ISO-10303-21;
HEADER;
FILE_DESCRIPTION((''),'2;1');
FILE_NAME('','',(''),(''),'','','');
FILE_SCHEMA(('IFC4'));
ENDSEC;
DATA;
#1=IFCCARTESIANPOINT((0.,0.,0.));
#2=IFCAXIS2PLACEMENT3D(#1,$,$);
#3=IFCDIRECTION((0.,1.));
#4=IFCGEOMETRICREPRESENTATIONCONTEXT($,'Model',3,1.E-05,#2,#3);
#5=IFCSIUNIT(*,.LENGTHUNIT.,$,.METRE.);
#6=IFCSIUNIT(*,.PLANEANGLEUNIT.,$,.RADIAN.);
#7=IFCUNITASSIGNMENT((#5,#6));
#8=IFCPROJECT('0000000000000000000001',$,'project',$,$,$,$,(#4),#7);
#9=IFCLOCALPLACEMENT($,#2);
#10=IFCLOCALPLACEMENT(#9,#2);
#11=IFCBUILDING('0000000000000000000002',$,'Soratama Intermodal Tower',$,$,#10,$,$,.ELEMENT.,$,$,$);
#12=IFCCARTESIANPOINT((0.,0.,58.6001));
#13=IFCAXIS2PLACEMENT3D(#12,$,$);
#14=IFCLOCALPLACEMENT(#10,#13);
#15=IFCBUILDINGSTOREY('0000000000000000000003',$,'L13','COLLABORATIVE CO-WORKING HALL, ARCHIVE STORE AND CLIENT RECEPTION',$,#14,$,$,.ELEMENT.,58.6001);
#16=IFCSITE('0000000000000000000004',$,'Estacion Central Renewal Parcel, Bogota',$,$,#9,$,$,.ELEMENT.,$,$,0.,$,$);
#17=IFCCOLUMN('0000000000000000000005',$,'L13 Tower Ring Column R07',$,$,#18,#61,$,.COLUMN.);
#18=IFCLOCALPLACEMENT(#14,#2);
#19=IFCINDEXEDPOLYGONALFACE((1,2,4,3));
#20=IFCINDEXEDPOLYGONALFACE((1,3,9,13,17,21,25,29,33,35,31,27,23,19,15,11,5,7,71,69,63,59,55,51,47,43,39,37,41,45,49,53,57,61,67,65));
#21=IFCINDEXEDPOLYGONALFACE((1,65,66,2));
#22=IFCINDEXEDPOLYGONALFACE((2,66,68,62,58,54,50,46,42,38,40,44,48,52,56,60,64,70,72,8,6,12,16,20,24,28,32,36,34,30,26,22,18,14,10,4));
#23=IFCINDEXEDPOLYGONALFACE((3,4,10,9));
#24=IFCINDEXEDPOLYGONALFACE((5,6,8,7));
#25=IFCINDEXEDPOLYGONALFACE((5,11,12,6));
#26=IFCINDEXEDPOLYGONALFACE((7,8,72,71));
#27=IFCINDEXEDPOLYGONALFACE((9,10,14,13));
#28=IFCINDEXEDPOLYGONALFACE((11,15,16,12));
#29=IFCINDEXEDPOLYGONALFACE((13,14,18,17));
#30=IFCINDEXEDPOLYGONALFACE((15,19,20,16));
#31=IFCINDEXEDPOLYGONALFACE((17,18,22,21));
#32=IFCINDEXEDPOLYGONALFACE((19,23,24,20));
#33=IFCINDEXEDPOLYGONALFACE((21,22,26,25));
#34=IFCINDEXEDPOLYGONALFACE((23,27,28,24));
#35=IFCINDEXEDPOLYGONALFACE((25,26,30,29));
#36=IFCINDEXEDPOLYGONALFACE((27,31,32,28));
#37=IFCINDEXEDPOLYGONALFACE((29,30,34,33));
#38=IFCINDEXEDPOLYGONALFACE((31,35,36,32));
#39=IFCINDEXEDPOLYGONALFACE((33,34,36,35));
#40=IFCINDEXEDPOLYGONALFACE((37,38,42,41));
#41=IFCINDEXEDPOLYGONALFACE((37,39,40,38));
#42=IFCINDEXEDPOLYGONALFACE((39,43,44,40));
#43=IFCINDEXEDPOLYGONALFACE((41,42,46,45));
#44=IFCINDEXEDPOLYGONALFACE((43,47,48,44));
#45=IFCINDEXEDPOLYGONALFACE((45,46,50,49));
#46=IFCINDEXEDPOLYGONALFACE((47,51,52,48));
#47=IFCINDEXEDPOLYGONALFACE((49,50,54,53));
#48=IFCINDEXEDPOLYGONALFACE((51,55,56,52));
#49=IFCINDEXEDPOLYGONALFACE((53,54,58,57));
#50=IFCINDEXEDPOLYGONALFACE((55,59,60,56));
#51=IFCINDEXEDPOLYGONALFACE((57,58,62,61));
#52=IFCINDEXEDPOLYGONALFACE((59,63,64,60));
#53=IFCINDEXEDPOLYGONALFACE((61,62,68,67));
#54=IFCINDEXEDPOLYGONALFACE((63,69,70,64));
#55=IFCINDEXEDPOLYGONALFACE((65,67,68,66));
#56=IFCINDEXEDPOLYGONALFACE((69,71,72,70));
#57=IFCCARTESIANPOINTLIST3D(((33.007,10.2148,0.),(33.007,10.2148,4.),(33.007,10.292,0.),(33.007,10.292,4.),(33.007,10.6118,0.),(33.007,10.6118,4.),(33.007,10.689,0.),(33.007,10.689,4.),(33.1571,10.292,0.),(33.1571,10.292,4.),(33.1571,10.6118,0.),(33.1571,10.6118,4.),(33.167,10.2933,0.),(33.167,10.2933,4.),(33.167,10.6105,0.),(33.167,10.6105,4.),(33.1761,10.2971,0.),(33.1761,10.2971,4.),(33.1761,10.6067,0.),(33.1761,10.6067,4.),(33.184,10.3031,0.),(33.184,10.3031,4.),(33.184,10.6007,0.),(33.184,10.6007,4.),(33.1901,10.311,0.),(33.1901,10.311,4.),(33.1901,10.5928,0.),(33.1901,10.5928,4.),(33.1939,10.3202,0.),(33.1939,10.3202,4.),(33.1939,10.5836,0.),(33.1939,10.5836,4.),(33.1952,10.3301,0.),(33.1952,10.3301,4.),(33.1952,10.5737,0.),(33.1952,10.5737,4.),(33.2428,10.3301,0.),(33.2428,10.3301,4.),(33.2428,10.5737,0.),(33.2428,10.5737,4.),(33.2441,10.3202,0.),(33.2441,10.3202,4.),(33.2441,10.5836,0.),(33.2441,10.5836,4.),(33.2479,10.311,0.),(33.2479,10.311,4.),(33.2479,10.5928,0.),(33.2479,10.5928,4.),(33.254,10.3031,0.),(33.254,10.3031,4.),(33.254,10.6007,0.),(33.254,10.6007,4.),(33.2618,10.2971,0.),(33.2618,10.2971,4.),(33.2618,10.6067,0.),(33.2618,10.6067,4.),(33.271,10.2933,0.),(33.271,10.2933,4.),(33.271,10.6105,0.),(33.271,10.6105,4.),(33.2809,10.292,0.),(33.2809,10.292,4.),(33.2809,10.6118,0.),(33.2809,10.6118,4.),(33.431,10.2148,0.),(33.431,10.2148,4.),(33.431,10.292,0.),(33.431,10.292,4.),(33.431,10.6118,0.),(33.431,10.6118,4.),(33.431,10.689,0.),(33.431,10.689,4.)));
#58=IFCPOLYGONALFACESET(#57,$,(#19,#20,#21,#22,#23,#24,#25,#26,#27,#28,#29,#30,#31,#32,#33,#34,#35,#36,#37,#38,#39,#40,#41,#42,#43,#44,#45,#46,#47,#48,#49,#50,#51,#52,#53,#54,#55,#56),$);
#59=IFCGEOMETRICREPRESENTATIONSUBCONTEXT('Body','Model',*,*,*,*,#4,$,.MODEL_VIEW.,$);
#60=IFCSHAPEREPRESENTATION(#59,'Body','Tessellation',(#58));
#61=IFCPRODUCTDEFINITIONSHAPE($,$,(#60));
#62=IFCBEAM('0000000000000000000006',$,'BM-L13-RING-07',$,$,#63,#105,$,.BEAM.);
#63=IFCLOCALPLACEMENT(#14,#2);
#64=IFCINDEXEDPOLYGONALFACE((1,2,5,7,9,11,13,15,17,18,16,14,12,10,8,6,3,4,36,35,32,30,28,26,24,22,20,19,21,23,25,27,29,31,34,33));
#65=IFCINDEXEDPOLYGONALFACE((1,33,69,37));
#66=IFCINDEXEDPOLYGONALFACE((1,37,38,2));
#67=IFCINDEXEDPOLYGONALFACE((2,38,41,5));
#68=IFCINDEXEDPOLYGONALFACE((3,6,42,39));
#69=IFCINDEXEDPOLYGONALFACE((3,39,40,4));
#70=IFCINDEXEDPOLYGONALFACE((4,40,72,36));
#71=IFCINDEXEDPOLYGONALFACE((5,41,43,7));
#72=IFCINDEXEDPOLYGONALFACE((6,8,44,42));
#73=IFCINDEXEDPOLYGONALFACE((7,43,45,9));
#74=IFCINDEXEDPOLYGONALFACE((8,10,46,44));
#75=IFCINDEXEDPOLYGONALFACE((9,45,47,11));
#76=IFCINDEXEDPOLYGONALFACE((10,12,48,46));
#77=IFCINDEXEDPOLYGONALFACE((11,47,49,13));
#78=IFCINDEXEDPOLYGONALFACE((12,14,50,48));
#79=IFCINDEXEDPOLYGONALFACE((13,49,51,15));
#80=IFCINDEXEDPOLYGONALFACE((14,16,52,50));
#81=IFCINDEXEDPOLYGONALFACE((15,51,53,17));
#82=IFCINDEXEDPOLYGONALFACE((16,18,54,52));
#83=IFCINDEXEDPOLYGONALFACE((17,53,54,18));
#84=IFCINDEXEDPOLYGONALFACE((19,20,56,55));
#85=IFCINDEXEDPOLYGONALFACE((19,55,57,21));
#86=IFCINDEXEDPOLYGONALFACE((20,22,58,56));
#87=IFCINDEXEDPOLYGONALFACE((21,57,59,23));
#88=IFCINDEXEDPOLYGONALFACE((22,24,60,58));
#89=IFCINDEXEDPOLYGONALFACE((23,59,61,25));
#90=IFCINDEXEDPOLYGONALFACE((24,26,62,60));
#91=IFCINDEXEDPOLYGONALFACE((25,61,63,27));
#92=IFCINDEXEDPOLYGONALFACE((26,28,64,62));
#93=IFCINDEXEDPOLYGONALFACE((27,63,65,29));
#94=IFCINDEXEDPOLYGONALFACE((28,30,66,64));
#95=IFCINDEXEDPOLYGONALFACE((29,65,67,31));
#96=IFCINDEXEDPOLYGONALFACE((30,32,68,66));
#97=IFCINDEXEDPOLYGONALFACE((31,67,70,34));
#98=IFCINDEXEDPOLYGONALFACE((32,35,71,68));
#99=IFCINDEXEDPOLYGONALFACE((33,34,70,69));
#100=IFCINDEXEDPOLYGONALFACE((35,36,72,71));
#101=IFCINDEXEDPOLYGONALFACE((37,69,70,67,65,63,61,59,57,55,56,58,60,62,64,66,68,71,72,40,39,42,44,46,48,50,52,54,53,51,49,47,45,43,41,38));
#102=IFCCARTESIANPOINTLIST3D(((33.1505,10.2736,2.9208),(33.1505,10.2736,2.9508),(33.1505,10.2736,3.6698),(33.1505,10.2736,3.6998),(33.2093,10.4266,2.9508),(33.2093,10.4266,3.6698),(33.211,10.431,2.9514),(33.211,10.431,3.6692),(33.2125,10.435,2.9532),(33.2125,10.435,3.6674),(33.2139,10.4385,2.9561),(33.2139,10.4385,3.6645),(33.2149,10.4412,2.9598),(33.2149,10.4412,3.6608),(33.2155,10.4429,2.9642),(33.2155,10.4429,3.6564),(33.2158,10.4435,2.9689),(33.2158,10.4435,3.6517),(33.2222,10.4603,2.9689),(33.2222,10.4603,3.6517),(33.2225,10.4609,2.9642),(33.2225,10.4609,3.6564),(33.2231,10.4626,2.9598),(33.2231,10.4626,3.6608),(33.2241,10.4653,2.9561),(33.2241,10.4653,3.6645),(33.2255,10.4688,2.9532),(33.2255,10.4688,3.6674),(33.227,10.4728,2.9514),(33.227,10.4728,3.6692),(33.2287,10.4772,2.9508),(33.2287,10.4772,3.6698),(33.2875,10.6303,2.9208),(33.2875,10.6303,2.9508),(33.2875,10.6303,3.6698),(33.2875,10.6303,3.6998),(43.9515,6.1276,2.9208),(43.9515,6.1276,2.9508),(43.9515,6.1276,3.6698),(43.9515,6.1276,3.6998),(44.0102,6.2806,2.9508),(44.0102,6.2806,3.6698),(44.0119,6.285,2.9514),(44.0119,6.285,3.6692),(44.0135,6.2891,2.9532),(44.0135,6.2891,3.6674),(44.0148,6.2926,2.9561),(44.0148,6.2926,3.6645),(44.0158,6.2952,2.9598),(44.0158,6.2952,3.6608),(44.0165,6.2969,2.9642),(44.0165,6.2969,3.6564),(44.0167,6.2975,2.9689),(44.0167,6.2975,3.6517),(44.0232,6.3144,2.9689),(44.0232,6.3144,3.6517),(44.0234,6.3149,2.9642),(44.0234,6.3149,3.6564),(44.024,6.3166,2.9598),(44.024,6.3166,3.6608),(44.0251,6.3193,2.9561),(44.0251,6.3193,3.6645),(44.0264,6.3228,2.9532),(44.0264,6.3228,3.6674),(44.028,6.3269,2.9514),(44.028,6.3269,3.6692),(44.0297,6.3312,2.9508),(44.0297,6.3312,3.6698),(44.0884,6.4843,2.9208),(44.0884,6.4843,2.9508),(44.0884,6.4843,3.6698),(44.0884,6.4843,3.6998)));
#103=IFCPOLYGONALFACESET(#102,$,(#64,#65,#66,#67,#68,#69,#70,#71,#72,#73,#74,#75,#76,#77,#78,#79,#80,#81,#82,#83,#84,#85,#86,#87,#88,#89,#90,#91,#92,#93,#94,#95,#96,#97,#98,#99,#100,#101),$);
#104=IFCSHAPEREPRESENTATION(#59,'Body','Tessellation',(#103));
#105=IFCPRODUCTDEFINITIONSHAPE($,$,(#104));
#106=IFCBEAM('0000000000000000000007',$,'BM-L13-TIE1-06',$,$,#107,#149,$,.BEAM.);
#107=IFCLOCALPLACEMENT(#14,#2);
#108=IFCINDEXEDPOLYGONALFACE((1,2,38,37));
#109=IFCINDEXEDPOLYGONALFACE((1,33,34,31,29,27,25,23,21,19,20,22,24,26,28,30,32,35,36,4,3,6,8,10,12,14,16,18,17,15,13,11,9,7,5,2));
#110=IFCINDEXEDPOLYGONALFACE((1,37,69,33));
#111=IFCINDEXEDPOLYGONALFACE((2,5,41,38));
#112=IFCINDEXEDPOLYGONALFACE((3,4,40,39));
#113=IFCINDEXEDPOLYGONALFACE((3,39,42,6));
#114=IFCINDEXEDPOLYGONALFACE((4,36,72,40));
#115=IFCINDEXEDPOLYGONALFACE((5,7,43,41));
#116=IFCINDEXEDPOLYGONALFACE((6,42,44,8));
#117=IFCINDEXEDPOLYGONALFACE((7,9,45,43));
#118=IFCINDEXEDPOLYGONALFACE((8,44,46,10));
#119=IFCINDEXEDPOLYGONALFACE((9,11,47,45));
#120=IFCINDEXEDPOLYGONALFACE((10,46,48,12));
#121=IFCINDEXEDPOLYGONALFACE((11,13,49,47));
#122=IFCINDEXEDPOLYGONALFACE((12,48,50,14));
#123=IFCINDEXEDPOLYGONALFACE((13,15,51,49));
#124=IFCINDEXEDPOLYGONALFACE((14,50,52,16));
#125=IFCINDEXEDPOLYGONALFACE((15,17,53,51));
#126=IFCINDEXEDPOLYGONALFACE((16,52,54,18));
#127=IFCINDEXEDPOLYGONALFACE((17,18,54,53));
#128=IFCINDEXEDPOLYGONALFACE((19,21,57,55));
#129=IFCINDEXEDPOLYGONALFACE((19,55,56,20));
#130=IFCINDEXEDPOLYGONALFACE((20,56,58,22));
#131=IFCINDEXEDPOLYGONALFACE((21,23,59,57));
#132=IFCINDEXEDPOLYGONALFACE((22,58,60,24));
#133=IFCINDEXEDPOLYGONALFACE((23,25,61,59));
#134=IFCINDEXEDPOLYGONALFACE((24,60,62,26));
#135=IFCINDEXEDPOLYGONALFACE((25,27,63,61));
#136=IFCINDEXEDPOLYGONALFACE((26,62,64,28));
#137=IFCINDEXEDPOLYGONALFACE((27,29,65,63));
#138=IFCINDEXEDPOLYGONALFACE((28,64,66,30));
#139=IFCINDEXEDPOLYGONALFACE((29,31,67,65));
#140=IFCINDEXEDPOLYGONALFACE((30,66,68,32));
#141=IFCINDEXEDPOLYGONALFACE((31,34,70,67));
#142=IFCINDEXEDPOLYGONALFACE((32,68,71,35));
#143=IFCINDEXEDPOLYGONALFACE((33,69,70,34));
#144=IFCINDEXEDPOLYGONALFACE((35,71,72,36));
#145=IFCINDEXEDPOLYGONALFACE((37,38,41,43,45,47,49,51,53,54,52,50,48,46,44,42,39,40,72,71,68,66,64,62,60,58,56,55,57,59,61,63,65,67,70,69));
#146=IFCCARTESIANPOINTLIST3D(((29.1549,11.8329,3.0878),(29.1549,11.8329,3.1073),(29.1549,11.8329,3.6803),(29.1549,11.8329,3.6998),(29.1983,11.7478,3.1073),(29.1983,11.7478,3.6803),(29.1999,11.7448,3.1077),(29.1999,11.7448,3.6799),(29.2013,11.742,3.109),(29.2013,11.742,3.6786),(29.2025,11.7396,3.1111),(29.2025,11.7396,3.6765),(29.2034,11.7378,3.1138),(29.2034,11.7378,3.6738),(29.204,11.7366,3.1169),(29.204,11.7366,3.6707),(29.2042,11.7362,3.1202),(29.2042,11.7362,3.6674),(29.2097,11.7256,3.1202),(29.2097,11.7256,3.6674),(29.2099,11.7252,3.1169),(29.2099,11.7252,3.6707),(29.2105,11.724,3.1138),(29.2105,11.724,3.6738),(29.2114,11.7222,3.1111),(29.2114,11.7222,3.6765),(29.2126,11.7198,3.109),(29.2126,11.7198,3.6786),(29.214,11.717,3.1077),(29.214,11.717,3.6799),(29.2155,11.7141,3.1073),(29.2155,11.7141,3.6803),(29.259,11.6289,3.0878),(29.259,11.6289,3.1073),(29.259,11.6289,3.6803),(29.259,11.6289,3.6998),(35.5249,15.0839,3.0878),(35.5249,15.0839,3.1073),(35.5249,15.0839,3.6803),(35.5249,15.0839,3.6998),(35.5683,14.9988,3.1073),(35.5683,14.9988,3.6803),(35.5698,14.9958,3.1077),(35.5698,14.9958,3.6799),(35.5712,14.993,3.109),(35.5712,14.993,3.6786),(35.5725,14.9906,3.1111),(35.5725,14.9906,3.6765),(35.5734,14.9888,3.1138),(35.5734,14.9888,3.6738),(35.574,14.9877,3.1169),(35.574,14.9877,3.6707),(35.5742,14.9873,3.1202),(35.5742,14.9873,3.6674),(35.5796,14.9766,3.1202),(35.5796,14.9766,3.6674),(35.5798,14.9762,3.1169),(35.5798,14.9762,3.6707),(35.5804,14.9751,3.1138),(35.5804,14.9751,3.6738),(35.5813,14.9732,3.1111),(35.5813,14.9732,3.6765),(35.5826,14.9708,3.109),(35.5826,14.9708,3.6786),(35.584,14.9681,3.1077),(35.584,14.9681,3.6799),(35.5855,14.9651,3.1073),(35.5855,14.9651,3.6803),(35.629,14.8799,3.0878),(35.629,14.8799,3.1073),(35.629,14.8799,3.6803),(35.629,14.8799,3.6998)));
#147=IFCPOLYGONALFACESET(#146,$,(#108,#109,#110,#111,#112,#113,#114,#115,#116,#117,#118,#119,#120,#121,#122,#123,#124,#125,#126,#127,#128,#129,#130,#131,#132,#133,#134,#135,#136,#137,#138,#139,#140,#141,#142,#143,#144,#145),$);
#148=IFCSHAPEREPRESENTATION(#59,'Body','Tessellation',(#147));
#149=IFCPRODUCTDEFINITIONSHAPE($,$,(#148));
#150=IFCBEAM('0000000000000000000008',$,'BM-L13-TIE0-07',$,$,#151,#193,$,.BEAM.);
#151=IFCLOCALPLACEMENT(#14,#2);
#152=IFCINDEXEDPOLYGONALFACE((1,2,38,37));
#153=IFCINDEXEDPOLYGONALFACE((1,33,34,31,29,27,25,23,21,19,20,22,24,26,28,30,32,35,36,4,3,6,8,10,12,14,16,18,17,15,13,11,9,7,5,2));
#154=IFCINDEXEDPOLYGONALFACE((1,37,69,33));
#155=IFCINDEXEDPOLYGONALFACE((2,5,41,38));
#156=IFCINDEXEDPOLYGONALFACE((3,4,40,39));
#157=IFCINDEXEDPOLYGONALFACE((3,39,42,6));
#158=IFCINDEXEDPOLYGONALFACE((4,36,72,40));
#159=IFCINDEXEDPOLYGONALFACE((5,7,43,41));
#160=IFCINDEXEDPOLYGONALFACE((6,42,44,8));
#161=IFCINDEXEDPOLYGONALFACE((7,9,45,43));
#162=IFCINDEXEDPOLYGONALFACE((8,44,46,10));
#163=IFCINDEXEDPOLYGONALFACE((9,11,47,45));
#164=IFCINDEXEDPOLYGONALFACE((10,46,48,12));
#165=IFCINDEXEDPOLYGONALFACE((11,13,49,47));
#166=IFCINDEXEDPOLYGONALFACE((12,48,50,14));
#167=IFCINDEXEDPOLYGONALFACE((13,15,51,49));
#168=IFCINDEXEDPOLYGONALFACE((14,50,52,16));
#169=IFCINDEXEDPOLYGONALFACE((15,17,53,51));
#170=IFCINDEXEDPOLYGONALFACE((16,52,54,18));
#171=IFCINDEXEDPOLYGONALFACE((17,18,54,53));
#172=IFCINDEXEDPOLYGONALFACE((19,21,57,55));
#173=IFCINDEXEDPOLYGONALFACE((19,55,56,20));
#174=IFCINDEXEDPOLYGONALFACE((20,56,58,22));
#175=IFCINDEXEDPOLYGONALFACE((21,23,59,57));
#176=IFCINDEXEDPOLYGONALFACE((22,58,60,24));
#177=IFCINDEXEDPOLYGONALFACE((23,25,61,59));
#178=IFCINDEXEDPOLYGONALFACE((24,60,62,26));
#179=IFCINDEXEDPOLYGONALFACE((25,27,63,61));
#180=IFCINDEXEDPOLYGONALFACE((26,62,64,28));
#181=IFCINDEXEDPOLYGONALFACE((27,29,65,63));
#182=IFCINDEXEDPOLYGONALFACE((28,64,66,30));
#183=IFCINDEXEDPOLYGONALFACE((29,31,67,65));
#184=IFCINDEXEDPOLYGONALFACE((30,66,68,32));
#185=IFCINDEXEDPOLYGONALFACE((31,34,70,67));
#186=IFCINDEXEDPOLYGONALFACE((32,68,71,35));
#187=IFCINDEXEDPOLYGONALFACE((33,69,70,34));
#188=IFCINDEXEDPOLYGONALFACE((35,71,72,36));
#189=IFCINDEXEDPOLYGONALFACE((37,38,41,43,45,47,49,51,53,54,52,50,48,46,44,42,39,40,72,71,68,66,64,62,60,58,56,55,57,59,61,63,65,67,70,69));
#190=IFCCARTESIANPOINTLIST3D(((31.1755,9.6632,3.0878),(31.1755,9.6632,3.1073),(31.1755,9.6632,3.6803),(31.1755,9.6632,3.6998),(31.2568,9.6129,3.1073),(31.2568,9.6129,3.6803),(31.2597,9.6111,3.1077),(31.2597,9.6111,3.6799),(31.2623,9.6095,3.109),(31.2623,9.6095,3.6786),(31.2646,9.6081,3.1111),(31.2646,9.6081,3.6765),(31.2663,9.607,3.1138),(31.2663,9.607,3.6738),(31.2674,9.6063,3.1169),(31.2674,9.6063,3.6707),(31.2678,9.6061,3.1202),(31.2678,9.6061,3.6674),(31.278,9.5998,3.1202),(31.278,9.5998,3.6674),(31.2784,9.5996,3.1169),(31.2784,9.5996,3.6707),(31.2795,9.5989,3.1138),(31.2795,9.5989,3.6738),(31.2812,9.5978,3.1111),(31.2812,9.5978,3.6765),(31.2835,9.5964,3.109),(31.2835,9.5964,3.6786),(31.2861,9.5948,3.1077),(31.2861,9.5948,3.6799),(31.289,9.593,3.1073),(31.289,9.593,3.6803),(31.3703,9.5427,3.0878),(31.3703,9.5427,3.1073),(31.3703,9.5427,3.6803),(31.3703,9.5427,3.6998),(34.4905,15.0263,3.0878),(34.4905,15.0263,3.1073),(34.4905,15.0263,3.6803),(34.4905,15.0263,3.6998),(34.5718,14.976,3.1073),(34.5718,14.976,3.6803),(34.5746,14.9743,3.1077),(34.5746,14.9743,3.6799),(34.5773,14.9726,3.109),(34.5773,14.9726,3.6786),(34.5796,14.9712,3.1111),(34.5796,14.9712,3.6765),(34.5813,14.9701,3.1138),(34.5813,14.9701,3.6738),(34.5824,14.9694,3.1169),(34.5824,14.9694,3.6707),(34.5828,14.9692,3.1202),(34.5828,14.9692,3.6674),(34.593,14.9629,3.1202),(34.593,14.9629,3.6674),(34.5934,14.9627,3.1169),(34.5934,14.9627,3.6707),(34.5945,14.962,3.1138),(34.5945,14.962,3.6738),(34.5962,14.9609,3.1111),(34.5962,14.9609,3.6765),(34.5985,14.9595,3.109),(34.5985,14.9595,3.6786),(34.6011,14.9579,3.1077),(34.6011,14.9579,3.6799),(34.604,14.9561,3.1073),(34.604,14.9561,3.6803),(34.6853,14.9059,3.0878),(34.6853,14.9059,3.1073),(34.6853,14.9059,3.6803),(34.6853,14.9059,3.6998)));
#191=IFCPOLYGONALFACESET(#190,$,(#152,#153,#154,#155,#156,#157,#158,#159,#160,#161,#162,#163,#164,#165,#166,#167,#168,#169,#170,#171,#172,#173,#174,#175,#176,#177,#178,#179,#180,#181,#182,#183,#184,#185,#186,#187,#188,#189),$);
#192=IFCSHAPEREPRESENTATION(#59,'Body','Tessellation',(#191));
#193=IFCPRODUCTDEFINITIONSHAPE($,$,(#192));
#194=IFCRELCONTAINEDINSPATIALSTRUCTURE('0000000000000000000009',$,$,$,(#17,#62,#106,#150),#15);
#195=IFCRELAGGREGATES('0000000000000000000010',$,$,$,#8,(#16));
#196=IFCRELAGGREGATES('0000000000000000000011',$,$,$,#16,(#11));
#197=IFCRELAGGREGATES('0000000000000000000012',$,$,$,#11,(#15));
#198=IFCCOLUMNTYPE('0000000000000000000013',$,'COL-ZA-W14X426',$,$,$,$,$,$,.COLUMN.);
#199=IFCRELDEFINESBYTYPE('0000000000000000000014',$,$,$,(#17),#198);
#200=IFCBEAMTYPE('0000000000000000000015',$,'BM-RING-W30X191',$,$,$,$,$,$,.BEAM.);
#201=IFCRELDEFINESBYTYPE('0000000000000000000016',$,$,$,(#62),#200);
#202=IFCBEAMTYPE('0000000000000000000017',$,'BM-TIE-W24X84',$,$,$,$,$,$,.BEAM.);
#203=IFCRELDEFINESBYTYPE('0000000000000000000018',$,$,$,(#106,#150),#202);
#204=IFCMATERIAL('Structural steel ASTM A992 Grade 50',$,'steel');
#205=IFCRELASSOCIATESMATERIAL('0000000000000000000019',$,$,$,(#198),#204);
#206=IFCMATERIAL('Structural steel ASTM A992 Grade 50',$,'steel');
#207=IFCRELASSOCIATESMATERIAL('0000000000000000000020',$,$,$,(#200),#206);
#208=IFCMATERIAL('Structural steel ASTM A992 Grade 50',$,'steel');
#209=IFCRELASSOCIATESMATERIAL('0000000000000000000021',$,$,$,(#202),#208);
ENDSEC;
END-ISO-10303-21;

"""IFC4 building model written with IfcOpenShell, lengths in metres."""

from ifc_helpers import new_model, si_unit, direction, frame, origin, origin_2d, place, context, subcontext, project, spatial, i_section, extrude, material, material_profile, profile_set, type_object, element, save


model = new_model("IFC4")

# Units and contexts
model_context = context("Model", 3, precision=1e-05, world=origin(), true_north=direction((0.0, 1.0)))
body_context = subcontext(model_context, "Body", "Model", "MODEL_VIEW")
ifc_project = project(units=[si_unit("LENGTHUNIT", "METRE"), si_unit("PLANEANGLEUNIT", "RADIAN")], contexts=[model_context])

# Site, building, storey
site_placement = place(None, origin())
site = spatial("IfcSite", under=ifc_project, at=site_placement, Name="Estacion Central Renewal Parcel, Bogota", CompositionType="ELEMENT", RefElevation=0.0)
building_placement = place(site_placement, origin())
building = spatial("IfcBuilding", under=site, at=building_placement, Name="Soratama Intermodal Tower", CompositionType="ELEMENT")
storey_placement = place(building_placement, frame((0.0, 0.0, 58.6001)))
storey = spatial("IfcBuildingStorey", under=building, at=storey_placement, Name="L13", Description="COLLABORATIVE CO-WORKING HALL, ARCHIVE STORE AND CLIENT RECEPTION", CompositionType="ELEMENT", Elevation=58.6001)

# Column
ifc_material_1 = material(Name="Structural steel ASTM A992 Grade 50", Category="steel")
ifc_material_profile_1 = material_profile(ifc_material_1, i_section(OverallWidth=0.4241, OverallDepth=0.4741, WebThickness=0.0476, FlangeThickness=0.0771, FilletRadius=0.0381, at=origin_2d()), Name="W14X426")
ifc_profile_set_1 = profile_set([ifc_material_profile_1], Name="Structural steel ASTM A992 Grade 50")
column_type = type_object("IfcColumnType", Name="COL-ZA-W14X426", PredefinedType="COLUMN", material=ifc_profile_set_1)
column_placement = place(storey_placement, frame((33.219, 10.4519, 0.0), z_axis=(0.0, 0.0, 1.0), x_axis=(1.0, 0.0, 0.0)))
element("IfcColumn", 1, at=column_placement, inside=storey, type_object=column_type, Name="L13 Tower Ring Column R07", PredefinedType="COLUMN", context=body_context, shape_type="SweptSolid", body=[
    extrude(i_section(OverallWidth=0.4241, OverallDepth=0.4741, WebThickness=0.0476, FlangeThickness=0.0771, FilletRadius=0.0381, at=origin_2d()), origin(), (0.0, 0.0, 1.0), 4.0),
])

# Beams
ifc_material_2 = material(Name="Structural steel ASTM A992 Grade 50", Category="steel")
ifc_material_profile_2 = material_profile(ifc_material_2, i_section(OverallWidth=0.3821, OverallDepth=0.7791, WebThickness=0.0181, FlangeThickness=0.03, FilletRadius=0.0181, at=origin_2d()), Name="W30X191")
ifc_profile_set_2 = profile_set([ifc_material_profile_2], Name="Structural steel ASTM A992 Grade 50")
beam_type_1 = type_object("IfcBeamType", Name="BM-RING-W30X191", PredefinedType="BEAM", material=ifc_profile_set_2)
beam_1_placement = place(storey_placement, frame((33.219, 10.4519, 3.3103), z_axis=(0.933584, -0.358358, 0.0), x_axis=(0.358358, 0.933584, 0.0)))
element("IfcBeam", 2, at=beam_1_placement, inside=storey, type_object=beam_type_1, Name="BM-L13-RING-07", PredefinedType="BEAM", context=body_context, shape_type="SweptSolid", body=[
    extrude(i_section(OverallWidth=0.3821, OverallDepth=0.7791, WebThickness=0.0181, FlangeThickness=0.03, FilletRadius=0.0181, at=origin_2d()), origin(), (0.0, 0.0, 1.0), 11.5693),
])
ifc_material_3 = material(Name="Structural steel ASTM A992 Grade 50", Category="steel")
ifc_material_profile_3 = material_profile(ifc_material_3, i_section(OverallWidth=0.229, OverallDepth=0.6121, WebThickness=0.012, FlangeThickness=0.0195, FilletRadius=0.0129, at=origin_2d()), Name="W24X84")
ifc_profile_set_3 = profile_set([ifc_material_profile_3], Name="Structural steel ASTM A992 Grade 50")
beam_type_2 = type_object("IfcBeamType", Name="BM-TIE-W24X84", PredefinedType="BEAM", material=ifc_profile_set_3)
beam_2_placement = place(storey_placement, frame((35.5769, 14.9819, 3.3938), z_axis=(-0.890703, -0.454586, 0.0), x_axis=(0.454586, -0.890703, 0.0)))
element("IfcBeam", 3, at=beam_2_placement, inside=storey, type_object=beam_type_2, Name="BM-L13-TIE1-06", PredefinedType="BEAM", context=body_context, shape_type="SweptSolid", body=[
    extrude(i_section(OverallWidth=0.229, OverallDepth=0.6121, WebThickness=0.012, FlangeThickness=0.0195, FilletRadius=0.0129, at=origin_2d()), origin(), (0.0, 0.0, 1.0), 7.1516),
])
beam_3_placement = place(storey_placement, frame((34.5879, 14.9661, 3.3938), z_axis=(-0.525777, -0.850622, 0.0), x_axis=(0.850622, -0.525777, 0.0)))
element("IfcBeam", 4, at=beam_3_placement, inside=storey, type_object=beam_type_2, Name="BM-L13-TIE0-07", PredefinedType="BEAM", context=body_context, shape_type="SweptSolid", body=[
    extrude(i_section(OverallWidth=0.229, OverallDepth=0.6121, WebThickness=0.012, FlangeThickness=0.0195, FilletRadius=0.0129, at=origin_2d()), origin(), (0.0, 0.0, 1.0), 6.3049),
])

save(model, "model.ifc")
